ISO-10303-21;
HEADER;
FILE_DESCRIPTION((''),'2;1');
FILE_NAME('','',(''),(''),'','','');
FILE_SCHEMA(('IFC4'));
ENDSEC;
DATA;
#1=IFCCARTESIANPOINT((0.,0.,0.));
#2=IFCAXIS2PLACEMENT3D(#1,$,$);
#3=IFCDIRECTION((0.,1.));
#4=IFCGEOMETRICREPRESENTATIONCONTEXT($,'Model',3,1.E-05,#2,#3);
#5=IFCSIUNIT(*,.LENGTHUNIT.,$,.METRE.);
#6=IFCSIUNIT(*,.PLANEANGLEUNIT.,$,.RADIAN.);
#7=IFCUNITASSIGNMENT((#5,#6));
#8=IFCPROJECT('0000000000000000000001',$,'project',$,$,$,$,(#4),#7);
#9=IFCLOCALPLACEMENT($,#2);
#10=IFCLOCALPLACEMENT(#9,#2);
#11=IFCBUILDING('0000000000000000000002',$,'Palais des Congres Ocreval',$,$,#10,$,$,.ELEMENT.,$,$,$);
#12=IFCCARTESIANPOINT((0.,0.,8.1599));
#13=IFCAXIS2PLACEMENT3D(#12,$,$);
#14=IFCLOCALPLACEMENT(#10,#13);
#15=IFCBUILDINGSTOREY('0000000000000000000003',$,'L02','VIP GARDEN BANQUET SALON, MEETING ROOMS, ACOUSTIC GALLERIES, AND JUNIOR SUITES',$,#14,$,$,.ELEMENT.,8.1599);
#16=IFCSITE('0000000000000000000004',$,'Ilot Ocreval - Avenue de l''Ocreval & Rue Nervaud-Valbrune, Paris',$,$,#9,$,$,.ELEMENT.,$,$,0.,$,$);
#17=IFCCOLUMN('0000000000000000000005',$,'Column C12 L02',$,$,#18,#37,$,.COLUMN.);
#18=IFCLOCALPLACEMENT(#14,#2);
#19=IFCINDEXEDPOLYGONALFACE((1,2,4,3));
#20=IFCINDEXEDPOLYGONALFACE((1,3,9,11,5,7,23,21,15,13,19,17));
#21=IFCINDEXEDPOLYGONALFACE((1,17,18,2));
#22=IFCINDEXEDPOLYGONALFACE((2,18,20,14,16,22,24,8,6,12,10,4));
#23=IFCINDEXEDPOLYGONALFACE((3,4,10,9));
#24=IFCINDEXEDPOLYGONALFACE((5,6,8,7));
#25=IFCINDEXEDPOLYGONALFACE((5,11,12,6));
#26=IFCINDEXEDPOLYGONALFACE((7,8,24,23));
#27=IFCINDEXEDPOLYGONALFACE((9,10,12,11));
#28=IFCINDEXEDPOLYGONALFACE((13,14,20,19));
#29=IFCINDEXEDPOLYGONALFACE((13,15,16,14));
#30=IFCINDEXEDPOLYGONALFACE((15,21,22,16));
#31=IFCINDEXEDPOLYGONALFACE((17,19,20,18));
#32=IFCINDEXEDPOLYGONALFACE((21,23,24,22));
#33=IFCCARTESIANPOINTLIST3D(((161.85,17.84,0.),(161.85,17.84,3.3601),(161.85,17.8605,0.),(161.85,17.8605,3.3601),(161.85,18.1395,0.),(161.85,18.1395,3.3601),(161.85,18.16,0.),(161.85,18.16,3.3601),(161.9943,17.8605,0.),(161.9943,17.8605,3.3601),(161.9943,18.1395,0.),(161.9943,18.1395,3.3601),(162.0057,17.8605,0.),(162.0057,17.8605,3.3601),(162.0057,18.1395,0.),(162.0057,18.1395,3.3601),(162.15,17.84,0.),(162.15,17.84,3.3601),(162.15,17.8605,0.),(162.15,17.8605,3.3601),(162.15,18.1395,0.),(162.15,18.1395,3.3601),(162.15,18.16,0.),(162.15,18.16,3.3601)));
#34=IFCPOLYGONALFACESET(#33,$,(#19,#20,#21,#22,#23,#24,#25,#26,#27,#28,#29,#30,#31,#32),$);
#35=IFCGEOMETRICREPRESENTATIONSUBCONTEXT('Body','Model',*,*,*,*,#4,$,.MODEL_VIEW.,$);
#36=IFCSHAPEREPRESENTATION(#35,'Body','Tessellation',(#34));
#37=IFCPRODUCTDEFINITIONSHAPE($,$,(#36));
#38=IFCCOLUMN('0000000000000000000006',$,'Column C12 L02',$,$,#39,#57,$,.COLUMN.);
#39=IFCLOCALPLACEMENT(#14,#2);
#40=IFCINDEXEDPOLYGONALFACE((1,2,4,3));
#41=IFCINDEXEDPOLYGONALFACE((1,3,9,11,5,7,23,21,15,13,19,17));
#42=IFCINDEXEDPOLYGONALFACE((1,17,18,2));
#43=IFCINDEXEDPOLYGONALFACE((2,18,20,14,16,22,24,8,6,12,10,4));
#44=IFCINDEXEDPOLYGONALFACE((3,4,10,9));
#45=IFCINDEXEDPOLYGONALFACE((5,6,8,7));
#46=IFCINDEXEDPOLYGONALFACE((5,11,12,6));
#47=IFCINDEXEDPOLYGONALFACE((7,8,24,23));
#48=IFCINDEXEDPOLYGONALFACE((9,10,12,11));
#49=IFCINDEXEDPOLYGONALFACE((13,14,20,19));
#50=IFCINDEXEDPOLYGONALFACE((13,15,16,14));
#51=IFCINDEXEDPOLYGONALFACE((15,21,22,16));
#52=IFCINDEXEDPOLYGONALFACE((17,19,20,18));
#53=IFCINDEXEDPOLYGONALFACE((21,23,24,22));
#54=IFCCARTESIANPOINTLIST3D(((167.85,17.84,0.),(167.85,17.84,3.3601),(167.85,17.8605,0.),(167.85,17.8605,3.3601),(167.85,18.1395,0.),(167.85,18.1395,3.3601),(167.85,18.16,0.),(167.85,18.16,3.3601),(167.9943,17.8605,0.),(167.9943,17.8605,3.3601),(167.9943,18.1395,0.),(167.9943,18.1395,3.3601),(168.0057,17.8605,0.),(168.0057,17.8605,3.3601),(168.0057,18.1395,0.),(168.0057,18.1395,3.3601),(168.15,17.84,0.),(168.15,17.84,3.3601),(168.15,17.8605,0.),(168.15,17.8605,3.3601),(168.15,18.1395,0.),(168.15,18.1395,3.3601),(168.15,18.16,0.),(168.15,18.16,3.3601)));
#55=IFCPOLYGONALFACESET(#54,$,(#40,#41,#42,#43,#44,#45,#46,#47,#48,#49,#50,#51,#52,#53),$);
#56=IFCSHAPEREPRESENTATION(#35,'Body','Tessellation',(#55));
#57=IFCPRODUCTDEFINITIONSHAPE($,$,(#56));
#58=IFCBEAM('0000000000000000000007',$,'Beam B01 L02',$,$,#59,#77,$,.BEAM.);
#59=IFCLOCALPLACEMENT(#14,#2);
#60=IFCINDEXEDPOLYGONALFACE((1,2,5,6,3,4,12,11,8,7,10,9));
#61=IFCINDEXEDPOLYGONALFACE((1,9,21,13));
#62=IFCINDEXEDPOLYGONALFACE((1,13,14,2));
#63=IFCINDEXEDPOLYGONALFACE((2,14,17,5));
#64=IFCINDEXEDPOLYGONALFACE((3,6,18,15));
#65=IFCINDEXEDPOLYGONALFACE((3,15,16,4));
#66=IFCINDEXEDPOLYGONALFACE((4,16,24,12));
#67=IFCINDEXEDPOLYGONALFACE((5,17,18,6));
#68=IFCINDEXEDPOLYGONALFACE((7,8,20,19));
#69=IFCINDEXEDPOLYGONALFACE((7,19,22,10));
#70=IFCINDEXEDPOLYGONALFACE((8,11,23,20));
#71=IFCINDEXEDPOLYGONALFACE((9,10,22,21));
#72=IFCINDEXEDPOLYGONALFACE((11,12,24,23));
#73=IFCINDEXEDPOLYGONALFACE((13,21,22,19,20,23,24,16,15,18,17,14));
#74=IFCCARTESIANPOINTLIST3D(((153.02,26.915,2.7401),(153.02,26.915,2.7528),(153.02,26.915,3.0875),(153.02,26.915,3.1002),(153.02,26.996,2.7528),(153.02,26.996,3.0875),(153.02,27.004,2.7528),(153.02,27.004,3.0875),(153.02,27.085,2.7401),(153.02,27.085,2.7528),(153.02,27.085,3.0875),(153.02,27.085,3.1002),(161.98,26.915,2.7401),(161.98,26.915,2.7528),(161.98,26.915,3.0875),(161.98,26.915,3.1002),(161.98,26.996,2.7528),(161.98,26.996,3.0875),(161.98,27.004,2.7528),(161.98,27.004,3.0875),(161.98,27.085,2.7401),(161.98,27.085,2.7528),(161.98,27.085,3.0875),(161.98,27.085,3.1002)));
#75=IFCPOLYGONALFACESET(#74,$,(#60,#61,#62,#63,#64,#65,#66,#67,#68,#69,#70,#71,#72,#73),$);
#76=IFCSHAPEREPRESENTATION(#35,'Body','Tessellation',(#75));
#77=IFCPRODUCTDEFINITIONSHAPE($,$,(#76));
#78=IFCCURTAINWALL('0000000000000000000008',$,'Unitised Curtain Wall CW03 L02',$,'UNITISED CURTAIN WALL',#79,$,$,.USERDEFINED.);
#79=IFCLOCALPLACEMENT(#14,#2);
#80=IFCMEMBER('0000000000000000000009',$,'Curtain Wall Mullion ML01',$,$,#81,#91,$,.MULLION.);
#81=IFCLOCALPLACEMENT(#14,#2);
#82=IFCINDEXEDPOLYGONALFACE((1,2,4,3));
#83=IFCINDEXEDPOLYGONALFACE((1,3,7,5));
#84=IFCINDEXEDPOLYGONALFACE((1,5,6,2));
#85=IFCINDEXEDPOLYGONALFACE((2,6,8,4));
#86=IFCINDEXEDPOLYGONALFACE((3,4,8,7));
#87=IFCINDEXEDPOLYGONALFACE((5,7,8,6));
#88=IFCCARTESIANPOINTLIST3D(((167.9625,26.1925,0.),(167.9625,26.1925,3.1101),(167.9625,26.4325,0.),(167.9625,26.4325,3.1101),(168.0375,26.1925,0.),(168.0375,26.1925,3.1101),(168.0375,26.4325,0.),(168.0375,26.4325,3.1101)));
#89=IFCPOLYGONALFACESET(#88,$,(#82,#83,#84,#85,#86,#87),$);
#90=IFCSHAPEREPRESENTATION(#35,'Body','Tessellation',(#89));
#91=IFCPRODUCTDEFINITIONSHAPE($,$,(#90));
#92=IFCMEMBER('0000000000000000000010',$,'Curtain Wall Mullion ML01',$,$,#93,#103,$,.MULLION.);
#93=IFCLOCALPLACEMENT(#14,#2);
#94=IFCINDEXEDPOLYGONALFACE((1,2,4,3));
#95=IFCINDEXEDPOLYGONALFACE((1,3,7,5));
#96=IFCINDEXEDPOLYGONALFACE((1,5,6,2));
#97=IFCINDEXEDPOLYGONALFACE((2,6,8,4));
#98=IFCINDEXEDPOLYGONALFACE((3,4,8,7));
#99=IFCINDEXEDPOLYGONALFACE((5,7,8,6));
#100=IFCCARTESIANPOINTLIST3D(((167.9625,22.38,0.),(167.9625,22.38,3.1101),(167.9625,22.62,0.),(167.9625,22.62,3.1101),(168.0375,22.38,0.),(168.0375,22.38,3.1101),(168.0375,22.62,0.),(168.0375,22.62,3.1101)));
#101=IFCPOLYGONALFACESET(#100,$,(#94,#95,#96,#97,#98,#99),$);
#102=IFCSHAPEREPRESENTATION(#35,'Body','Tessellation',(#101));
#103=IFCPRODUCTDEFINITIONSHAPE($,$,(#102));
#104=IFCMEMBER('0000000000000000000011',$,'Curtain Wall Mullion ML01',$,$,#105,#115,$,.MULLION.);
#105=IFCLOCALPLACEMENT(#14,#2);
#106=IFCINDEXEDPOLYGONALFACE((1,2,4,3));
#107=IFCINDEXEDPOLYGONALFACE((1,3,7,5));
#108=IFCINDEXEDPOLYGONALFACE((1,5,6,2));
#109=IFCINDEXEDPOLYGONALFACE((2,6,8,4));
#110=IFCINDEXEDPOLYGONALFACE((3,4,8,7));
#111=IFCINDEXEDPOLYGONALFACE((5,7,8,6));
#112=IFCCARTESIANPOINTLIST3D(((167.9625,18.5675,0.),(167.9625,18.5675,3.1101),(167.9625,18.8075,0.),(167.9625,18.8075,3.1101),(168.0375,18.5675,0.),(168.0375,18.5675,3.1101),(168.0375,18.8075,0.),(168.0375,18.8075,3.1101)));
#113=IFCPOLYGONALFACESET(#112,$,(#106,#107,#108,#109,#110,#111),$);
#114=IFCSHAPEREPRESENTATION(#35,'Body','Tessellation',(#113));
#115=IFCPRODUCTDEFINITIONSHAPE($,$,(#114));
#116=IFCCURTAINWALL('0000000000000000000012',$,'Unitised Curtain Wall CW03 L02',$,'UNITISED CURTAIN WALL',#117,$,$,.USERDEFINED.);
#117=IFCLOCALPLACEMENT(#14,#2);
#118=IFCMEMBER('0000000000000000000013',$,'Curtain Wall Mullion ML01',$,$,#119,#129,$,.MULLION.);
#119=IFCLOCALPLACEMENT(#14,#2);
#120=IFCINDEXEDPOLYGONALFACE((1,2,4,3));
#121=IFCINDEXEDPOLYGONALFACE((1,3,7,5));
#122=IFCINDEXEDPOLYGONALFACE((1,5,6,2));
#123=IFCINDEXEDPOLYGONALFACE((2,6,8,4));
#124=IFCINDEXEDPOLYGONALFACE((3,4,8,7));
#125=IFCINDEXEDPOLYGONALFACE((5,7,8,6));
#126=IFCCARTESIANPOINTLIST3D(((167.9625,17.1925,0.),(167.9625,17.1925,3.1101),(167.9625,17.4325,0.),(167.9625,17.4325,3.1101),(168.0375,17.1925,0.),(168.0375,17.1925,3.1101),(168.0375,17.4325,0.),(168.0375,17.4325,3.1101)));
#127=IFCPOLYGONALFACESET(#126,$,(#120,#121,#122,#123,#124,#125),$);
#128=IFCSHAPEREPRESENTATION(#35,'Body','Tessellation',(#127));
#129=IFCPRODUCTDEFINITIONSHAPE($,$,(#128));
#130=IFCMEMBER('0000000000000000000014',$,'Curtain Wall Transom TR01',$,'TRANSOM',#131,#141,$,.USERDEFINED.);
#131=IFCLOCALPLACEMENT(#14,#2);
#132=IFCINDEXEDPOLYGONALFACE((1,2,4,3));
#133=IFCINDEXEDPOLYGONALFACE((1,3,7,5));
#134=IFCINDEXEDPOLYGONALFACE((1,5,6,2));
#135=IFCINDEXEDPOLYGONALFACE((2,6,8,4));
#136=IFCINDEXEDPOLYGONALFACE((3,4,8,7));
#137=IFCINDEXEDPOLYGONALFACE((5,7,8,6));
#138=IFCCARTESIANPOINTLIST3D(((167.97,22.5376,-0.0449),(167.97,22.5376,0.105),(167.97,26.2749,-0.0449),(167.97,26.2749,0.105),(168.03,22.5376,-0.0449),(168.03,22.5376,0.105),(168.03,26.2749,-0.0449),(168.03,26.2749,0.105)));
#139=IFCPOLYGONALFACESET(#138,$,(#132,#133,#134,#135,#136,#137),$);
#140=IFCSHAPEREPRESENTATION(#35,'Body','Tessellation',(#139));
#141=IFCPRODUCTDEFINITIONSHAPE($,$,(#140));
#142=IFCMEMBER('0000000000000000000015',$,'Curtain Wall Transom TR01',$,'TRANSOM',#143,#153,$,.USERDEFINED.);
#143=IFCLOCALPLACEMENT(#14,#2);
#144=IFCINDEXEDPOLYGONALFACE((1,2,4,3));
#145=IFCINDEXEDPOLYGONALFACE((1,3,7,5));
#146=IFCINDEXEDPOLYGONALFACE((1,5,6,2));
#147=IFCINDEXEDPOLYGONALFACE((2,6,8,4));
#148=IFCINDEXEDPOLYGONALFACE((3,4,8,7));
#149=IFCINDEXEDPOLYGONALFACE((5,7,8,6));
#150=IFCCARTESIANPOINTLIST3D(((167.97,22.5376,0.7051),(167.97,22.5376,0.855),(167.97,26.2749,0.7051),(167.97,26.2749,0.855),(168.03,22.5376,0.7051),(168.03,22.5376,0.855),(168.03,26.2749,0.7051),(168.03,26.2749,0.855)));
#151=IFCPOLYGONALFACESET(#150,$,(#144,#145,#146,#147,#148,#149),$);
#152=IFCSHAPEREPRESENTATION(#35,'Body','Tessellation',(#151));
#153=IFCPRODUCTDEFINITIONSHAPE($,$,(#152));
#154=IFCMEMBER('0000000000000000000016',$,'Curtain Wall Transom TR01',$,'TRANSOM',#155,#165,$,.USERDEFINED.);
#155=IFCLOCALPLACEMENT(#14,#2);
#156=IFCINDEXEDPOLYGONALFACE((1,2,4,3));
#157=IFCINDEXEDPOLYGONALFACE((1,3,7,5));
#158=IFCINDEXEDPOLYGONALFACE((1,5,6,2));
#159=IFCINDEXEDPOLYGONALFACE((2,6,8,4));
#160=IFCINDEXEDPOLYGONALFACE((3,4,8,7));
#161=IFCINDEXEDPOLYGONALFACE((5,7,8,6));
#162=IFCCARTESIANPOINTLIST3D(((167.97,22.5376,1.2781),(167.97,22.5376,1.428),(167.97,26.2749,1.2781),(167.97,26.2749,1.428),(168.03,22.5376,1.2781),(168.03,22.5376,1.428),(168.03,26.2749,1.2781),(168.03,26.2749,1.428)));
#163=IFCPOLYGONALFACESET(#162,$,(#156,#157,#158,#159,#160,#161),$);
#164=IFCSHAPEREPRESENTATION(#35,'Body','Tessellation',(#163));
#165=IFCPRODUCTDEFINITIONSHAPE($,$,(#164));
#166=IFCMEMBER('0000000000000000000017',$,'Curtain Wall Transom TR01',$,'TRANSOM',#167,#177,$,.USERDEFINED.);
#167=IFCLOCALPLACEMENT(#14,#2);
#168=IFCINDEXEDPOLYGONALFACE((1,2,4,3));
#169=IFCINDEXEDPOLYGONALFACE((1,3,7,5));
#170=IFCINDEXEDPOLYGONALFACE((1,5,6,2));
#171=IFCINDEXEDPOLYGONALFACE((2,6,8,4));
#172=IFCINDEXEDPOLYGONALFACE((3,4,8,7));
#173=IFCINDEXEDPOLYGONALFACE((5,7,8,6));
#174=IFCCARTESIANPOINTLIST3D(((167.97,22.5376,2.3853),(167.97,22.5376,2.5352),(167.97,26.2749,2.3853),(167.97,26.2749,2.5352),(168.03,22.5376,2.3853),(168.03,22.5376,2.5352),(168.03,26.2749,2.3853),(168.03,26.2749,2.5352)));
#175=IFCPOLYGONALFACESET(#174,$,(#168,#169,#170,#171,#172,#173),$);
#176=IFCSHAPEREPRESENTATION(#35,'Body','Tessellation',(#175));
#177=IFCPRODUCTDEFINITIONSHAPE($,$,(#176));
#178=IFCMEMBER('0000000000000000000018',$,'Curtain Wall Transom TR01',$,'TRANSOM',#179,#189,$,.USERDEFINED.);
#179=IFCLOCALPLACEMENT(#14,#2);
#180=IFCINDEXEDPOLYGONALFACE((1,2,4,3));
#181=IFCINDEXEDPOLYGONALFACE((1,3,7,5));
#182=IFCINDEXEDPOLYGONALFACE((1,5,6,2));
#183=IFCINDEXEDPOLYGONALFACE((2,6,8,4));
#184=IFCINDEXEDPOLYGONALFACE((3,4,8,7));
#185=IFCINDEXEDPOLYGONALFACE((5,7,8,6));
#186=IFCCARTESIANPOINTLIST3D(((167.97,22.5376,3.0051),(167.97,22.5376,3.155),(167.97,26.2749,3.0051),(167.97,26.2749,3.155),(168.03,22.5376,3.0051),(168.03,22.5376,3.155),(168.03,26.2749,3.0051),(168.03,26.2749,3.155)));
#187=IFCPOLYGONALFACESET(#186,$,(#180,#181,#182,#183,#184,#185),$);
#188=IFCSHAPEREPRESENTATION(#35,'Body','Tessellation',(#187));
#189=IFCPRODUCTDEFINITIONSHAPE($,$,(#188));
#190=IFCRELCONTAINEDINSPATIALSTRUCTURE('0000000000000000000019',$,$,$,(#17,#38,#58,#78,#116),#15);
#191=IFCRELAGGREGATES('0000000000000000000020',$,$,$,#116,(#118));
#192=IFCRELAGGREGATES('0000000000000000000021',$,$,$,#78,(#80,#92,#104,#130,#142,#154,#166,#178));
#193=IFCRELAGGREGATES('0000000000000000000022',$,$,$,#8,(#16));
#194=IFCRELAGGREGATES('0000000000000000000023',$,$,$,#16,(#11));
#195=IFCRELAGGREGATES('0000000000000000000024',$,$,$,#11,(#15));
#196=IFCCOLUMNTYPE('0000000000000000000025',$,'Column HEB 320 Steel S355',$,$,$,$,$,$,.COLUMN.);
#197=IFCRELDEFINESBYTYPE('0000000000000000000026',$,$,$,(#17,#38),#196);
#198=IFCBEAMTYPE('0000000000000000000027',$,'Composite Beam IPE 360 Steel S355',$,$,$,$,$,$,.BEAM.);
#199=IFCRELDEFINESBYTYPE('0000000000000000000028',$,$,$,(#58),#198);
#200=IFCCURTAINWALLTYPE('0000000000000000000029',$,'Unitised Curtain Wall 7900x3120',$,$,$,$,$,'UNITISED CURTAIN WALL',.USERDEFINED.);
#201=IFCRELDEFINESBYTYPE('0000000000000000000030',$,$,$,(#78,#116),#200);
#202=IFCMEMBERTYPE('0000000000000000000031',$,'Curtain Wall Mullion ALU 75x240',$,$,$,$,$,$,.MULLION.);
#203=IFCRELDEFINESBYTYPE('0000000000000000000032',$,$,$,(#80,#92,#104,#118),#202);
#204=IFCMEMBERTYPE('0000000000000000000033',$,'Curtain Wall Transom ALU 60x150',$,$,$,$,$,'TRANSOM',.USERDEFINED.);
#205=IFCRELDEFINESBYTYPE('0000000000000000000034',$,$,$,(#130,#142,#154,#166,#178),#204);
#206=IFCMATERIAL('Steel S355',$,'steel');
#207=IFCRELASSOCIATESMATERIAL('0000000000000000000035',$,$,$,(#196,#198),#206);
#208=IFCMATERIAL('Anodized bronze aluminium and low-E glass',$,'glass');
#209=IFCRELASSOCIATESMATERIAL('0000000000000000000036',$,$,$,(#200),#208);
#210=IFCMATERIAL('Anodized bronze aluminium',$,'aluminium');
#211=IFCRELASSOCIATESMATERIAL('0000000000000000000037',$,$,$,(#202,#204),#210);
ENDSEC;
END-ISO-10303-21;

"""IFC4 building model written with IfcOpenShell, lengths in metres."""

from ifc_helpers import new_model, si_unit, direction, frame, origin, origin_2d, place, context, subcontext, project, spatial, rectangle, i_section, extrude, material, material_profile, profile_set, type_object, element, aggregate, save


model = new_model("IFC4")

# Units and contexts
model_context = context("Model", 3, precision=1e-05, world=origin(), true_north=direction((0.0, 1.0)))
body_context = subcontext(model_context, "Body", "Model", "MODEL_VIEW")
ifc_project = project(units=[si_unit("LENGTHUNIT", "METRE"), si_unit("PLANEANGLEUNIT", "RADIAN")], contexts=[model_context])

# Site, building, storey
site_placement = place(None, origin())
site = spatial("IfcSite", under=ifc_project, at=site_placement, Name="Ilot Ocreval - Avenue de l'Ocreval & Rue Nervaud-Valbrune, Paris", CompositionType="ELEMENT", RefElevation=0.0)
building_placement = place(site_placement, origin())
building = spatial("IfcBuilding", under=site, at=building_placement, Name="Palais des Congres Ocreval", CompositionType="ELEMENT")
storey_placement = place(building_placement, frame((0.0, 0.0, 8.1599)))
storey = spatial("IfcBuildingStorey", under=building, at=storey_placement, Name="L02", Description="VIP GARDEN BANQUET SALON, MEETING ROOMS, ACOUSTIC GALLERIES, AND JUNIOR SUITES", CompositionType="ELEMENT", Elevation=8.1599)

# Columns
ifc_material_1 = material(Name="Steel S355", Category="steel")
ifc_material_profile_1 = material_profile(ifc_material_1, i_section(OverallWidth=0.3, OverallDepth=0.3201, WebThickness=0.0115, FlangeThickness=0.0205, at=origin_2d()), Name="HEB 320")
ifc_profile_set_1 = profile_set([ifc_material_profile_1], Name="Steel S355")
column_type = type_object("IfcColumnType", Name="Column HEB 320 Steel S355", PredefinedType="COLUMN", material=ifc_profile_set_1)
for number, where, z_axis, x_axis, name in (
    (1, (162.0, 18.0, 0.0), (0.0, 0.0, 1.0), (1.0, 0.0, 0.0), "Column C12 L02"),
    (2, (168.0, 18.0, 0.0), (0.0, 0.0, 1.0), (1.0, 0.0, 0.0), "Column C12 L02"),
):
    element("IfcColumn", number, at=place(storey_placement, frame(where, z_axis=z_axis, x_axis=x_axis)), inside=storey, type_object=column_type, Name=name, PredefinedType="COLUMN", context=body_context, shape_type="SweptSolid", body=[
        extrude(i_section(OverallWidth=0.3, OverallDepth=0.3201, WebThickness=0.0115, FlangeThickness=0.0205, at=origin_2d()), origin(), (0.0, 0.0, 1.0), 3.3601),
    ])

# Beam
ifc_material_profile_2 = material_profile(ifc_material_1, i_section(OverallWidth=0.1699, OverallDepth=0.3601, WebThickness=0.0081, FlangeThickness=0.0127, at=origin_2d()), Name="IPE 360")
ifc_profile_set_2 = profile_set([ifc_material_profile_2], Name="Steel S355")
beam_type_1 = type_object("IfcBeamType", Name="Composite Beam IPE 360 Steel S355", PredefinedType="BEAM", material=ifc_profile_set_2)
beam_1_placement = place(storey_placement, frame((153.02, 27.0, 2.9202), z_axis=(1.0, 0.0, 0.0), x_axis=(0.0, 1.0, 0.0)))
element("IfcBeam", 3, at=beam_1_placement, inside=storey, type_object=beam_type_1, Name="Beam B01 L02", PredefinedType="BEAM", context=body_context, shape_type="SweptSolid", body=[
    extrude(i_section(OverallWidth=0.1699, OverallDepth=0.3601, WebThickness=0.0081, FlangeThickness=0.0127, at=origin_2d()), origin(), (0.0, 0.0, 1.0), 8.96),
])

# Curtain wall, members
ifc_material_2 = material(Name="Anodized bronze aluminium and low-E glass", Category="glass")
curtain_wall_type = type_object("IfcCurtainWallType", Name="Unitised Curtain Wall 7900x3120", ElementType="UNITISED CURTAIN WALL", PredefinedType="USERDEFINED", material=ifc_material_2)
curtain_wall_1_placement = place(storey_placement, origin())
curtain_wall_1 = element("IfcCurtainWall", 4, at=curtain_wall_1_placement, inside=storey, type_object=curtain_wall_type, Name="Unitised Curtain Wall CW03 L02", ObjectType="UNITISED CURTAIN WALL", PredefinedType="USERDEFINED")
ifc_material_3 = material(Name="Anodized bronze aluminium", Category="aluminium")
ifc_material_profile_3 = material_profile(ifc_material_3, rectangle(XDim=0.075, YDim=0.24, at=origin_2d()), Name="ALU 75x240")
ifc_profile_set_3 = profile_set([ifc_material_profile_3], Name="Anodized bronze aluminium")
member_type_1 = type_object("IfcMemberType", Name="Curtain Wall Mullion ALU 75x240", PredefinedType="MULLION", material=ifc_profile_set_3)
member_1_placement = place(storey_placement, frame((168.0, 26.3125, 0.0), z_axis=(0.0, 0.0, 1.0), x_axis=(1.0, 0.0, 0.0)))
member_1 = element("IfcMember", 5, at=member_1_placement, type_object=member_type_1, Name="Curtain Wall Mullion ML01", PredefinedType="MULLION", context=body_context, shape_type="SweptSolid", body=[
    extrude(rectangle(XDim=0.075, YDim=0.24, at=origin_2d()), origin(), (0.0, 0.0, 1.0), 3.1101),
])
member_2_placement = place(storey_placement, frame((168.0, 22.5, 0.0), z_axis=(0.0, 0.0, 1.0), x_axis=(1.0, 0.0, 0.0)))
member_2 = element("IfcMember", 6, at=member_2_placement, type_object=member_type_1, Name="Curtain Wall Mullion ML01", PredefinedType="MULLION", context=body_context, shape_type="SweptSolid", body=[
    extrude(rectangle(XDim=0.075, YDim=0.24, at=origin_2d()), origin(), (0.0, 0.0, 1.0), 3.1101),
])
member_3_placement = place(storey_placement, frame((168.0, 18.6875, 0.0), z_axis=(0.0, 0.0, 1.0), x_axis=(1.0, 0.0, 0.0)))
member_3 = element("IfcMember", 7, at=member_3_placement, type_object=member_type_1, Name="Curtain Wall Mullion ML01", PredefinedType="MULLION", context=body_context, shape_type="SweptSolid", body=[
    extrude(rectangle(XDim=0.075, YDim=0.24, at=origin_2d()), origin(), (0.0, 0.0, 1.0), 3.1101),
])

# Curtain wall, member
curtain_wall_2_placement = place(storey_placement, origin())
curtain_wall_2 = element("IfcCurtainWall", 8, at=curtain_wall_2_placement, inside=storey, type_object=curtain_wall_type, Name="Unitised Curtain Wall CW03 L02", ObjectType="UNITISED CURTAIN WALL", PredefinedType="USERDEFINED")
member_4_placement = place(storey_placement, frame((168.0, 17.3125, 0.0), z_axis=(0.0, 0.0, 1.0), x_axis=(1.0, 0.0, 0.0)))
member_4 = element("IfcMember", 9, at=member_4_placement, type_object=member_type_1, Name="Curtain Wall Mullion ML01", PredefinedType="MULLION", context=body_context, shape_type="SweptSolid", body=[
    extrude(rectangle(XDim=0.075, YDim=0.24, at=origin_2d()), origin(), (0.0, 0.0, 1.0), 3.1101),
])

# Members
ifc_material_profile_4 = material_profile(ifc_material_3, rectangle(XDim=0.0601, YDim=0.1499, at=origin_2d()), Name="ALU 60x150")
ifc_profile_set_4 = profile_set([ifc_material_profile_4], Name="Anodized bronze aluminium")
member_type_2 = type_object("IfcMemberType", Name="Curtain Wall Transom ALU 60x150", ElementType="TRANSOM", PredefinedType="USERDEFINED", material=ifc_profile_set_4)
member_5_placement = place(storey_placement, frame((168.0, 26.2749, 0.03), z_axis=(0.0, -1.0, 0.0), x_axis=(1.0, 0.0, 0.0)))
member_5 = element("IfcMember", 10, at=member_5_placement, type_object=member_type_2, Name="Curtain Wall Transom TR01", ObjectType="TRANSOM", PredefinedType="USERDEFINED", context=body_context, shape_type="SweptSolid", body=[
    extrude(rectangle(XDim=0.0601, YDim=0.1499, at=origin_2d()), origin(), (0.0, 0.0, 1.0), 3.7373),
])
member_6_placement = place(storey_placement, frame((168.0, 26.2749, 0.78), z_axis=(0.0, -1.0, 0.0), x_axis=(1.0, 0.0, 0.0)))
member_6 = element("IfcMember", 11, at=member_6_placement, type_object=member_type_2, Name="Curtain Wall Transom TR01", ObjectType="TRANSOM", PredefinedType="USERDEFINED", context=body_context, shape_type="SweptSolid", body=[
    extrude(rectangle(XDim=0.0601, YDim=0.1499, at=origin_2d()), origin(), (0.0, 0.0, 1.0), 3.7373),
])
member_7_placement = place(storey_placement, frame((168.0, 26.2749, 1.353), z_axis=(0.0, -1.0, 0.0), x_axis=(1.0, 0.0, 0.0)))
member_7 = element("IfcMember", 12, at=member_7_placement, type_object=member_type_2, Name="Curtain Wall Transom TR01", ObjectType="TRANSOM", PredefinedType="USERDEFINED", context=body_context, shape_type="SweptSolid", body=[
    extrude(rectangle(XDim=0.0601, YDim=0.1499, at=origin_2d()), origin(), (0.0, 0.0, 1.0), 3.7373),
])
member_8_placement = place(storey_placement, frame((168.0, 26.2749, 2.4602), z_axis=(0.0, -1.0, 0.0), x_axis=(1.0, 0.0, 0.0)))
member_8 = element("IfcMember", 13, at=member_8_placement, type_object=member_type_2, Name="Curtain Wall Transom TR01", ObjectType="TRANSOM", PredefinedType="USERDEFINED", context=body_context, shape_type="SweptSolid", body=[
    extrude(rectangle(XDim=0.0601, YDim=0.1499, at=origin_2d()), origin(), (0.0, 0.0, 1.0), 3.7373),
])
member_9_placement = place(storey_placement, frame((168.0, 26.2749, 3.0801), z_axis=(0.0, -1.0, 0.0), x_axis=(1.0, 0.0, 0.0)))
member_9 = element("IfcMember", 14, at=member_9_placement, type_object=member_type_2, Name="Curtain Wall Transom TR01", ObjectType="TRANSOM", PredefinedType="USERDEFINED", context=body_context, shape_type="SweptSolid", body=[
    extrude(rectangle(XDim=0.0601, YDim=0.1499, at=origin_2d()), origin(), (0.0, 0.0, 1.0), 3.7373),
])
aggregate(curtain_wall_2, [member_4])

aggregate(curtain_wall_1, [member_1, member_2, member_3, member_5, member_6, member_7, member_8, member_9])

save(model, "model.ifc")
